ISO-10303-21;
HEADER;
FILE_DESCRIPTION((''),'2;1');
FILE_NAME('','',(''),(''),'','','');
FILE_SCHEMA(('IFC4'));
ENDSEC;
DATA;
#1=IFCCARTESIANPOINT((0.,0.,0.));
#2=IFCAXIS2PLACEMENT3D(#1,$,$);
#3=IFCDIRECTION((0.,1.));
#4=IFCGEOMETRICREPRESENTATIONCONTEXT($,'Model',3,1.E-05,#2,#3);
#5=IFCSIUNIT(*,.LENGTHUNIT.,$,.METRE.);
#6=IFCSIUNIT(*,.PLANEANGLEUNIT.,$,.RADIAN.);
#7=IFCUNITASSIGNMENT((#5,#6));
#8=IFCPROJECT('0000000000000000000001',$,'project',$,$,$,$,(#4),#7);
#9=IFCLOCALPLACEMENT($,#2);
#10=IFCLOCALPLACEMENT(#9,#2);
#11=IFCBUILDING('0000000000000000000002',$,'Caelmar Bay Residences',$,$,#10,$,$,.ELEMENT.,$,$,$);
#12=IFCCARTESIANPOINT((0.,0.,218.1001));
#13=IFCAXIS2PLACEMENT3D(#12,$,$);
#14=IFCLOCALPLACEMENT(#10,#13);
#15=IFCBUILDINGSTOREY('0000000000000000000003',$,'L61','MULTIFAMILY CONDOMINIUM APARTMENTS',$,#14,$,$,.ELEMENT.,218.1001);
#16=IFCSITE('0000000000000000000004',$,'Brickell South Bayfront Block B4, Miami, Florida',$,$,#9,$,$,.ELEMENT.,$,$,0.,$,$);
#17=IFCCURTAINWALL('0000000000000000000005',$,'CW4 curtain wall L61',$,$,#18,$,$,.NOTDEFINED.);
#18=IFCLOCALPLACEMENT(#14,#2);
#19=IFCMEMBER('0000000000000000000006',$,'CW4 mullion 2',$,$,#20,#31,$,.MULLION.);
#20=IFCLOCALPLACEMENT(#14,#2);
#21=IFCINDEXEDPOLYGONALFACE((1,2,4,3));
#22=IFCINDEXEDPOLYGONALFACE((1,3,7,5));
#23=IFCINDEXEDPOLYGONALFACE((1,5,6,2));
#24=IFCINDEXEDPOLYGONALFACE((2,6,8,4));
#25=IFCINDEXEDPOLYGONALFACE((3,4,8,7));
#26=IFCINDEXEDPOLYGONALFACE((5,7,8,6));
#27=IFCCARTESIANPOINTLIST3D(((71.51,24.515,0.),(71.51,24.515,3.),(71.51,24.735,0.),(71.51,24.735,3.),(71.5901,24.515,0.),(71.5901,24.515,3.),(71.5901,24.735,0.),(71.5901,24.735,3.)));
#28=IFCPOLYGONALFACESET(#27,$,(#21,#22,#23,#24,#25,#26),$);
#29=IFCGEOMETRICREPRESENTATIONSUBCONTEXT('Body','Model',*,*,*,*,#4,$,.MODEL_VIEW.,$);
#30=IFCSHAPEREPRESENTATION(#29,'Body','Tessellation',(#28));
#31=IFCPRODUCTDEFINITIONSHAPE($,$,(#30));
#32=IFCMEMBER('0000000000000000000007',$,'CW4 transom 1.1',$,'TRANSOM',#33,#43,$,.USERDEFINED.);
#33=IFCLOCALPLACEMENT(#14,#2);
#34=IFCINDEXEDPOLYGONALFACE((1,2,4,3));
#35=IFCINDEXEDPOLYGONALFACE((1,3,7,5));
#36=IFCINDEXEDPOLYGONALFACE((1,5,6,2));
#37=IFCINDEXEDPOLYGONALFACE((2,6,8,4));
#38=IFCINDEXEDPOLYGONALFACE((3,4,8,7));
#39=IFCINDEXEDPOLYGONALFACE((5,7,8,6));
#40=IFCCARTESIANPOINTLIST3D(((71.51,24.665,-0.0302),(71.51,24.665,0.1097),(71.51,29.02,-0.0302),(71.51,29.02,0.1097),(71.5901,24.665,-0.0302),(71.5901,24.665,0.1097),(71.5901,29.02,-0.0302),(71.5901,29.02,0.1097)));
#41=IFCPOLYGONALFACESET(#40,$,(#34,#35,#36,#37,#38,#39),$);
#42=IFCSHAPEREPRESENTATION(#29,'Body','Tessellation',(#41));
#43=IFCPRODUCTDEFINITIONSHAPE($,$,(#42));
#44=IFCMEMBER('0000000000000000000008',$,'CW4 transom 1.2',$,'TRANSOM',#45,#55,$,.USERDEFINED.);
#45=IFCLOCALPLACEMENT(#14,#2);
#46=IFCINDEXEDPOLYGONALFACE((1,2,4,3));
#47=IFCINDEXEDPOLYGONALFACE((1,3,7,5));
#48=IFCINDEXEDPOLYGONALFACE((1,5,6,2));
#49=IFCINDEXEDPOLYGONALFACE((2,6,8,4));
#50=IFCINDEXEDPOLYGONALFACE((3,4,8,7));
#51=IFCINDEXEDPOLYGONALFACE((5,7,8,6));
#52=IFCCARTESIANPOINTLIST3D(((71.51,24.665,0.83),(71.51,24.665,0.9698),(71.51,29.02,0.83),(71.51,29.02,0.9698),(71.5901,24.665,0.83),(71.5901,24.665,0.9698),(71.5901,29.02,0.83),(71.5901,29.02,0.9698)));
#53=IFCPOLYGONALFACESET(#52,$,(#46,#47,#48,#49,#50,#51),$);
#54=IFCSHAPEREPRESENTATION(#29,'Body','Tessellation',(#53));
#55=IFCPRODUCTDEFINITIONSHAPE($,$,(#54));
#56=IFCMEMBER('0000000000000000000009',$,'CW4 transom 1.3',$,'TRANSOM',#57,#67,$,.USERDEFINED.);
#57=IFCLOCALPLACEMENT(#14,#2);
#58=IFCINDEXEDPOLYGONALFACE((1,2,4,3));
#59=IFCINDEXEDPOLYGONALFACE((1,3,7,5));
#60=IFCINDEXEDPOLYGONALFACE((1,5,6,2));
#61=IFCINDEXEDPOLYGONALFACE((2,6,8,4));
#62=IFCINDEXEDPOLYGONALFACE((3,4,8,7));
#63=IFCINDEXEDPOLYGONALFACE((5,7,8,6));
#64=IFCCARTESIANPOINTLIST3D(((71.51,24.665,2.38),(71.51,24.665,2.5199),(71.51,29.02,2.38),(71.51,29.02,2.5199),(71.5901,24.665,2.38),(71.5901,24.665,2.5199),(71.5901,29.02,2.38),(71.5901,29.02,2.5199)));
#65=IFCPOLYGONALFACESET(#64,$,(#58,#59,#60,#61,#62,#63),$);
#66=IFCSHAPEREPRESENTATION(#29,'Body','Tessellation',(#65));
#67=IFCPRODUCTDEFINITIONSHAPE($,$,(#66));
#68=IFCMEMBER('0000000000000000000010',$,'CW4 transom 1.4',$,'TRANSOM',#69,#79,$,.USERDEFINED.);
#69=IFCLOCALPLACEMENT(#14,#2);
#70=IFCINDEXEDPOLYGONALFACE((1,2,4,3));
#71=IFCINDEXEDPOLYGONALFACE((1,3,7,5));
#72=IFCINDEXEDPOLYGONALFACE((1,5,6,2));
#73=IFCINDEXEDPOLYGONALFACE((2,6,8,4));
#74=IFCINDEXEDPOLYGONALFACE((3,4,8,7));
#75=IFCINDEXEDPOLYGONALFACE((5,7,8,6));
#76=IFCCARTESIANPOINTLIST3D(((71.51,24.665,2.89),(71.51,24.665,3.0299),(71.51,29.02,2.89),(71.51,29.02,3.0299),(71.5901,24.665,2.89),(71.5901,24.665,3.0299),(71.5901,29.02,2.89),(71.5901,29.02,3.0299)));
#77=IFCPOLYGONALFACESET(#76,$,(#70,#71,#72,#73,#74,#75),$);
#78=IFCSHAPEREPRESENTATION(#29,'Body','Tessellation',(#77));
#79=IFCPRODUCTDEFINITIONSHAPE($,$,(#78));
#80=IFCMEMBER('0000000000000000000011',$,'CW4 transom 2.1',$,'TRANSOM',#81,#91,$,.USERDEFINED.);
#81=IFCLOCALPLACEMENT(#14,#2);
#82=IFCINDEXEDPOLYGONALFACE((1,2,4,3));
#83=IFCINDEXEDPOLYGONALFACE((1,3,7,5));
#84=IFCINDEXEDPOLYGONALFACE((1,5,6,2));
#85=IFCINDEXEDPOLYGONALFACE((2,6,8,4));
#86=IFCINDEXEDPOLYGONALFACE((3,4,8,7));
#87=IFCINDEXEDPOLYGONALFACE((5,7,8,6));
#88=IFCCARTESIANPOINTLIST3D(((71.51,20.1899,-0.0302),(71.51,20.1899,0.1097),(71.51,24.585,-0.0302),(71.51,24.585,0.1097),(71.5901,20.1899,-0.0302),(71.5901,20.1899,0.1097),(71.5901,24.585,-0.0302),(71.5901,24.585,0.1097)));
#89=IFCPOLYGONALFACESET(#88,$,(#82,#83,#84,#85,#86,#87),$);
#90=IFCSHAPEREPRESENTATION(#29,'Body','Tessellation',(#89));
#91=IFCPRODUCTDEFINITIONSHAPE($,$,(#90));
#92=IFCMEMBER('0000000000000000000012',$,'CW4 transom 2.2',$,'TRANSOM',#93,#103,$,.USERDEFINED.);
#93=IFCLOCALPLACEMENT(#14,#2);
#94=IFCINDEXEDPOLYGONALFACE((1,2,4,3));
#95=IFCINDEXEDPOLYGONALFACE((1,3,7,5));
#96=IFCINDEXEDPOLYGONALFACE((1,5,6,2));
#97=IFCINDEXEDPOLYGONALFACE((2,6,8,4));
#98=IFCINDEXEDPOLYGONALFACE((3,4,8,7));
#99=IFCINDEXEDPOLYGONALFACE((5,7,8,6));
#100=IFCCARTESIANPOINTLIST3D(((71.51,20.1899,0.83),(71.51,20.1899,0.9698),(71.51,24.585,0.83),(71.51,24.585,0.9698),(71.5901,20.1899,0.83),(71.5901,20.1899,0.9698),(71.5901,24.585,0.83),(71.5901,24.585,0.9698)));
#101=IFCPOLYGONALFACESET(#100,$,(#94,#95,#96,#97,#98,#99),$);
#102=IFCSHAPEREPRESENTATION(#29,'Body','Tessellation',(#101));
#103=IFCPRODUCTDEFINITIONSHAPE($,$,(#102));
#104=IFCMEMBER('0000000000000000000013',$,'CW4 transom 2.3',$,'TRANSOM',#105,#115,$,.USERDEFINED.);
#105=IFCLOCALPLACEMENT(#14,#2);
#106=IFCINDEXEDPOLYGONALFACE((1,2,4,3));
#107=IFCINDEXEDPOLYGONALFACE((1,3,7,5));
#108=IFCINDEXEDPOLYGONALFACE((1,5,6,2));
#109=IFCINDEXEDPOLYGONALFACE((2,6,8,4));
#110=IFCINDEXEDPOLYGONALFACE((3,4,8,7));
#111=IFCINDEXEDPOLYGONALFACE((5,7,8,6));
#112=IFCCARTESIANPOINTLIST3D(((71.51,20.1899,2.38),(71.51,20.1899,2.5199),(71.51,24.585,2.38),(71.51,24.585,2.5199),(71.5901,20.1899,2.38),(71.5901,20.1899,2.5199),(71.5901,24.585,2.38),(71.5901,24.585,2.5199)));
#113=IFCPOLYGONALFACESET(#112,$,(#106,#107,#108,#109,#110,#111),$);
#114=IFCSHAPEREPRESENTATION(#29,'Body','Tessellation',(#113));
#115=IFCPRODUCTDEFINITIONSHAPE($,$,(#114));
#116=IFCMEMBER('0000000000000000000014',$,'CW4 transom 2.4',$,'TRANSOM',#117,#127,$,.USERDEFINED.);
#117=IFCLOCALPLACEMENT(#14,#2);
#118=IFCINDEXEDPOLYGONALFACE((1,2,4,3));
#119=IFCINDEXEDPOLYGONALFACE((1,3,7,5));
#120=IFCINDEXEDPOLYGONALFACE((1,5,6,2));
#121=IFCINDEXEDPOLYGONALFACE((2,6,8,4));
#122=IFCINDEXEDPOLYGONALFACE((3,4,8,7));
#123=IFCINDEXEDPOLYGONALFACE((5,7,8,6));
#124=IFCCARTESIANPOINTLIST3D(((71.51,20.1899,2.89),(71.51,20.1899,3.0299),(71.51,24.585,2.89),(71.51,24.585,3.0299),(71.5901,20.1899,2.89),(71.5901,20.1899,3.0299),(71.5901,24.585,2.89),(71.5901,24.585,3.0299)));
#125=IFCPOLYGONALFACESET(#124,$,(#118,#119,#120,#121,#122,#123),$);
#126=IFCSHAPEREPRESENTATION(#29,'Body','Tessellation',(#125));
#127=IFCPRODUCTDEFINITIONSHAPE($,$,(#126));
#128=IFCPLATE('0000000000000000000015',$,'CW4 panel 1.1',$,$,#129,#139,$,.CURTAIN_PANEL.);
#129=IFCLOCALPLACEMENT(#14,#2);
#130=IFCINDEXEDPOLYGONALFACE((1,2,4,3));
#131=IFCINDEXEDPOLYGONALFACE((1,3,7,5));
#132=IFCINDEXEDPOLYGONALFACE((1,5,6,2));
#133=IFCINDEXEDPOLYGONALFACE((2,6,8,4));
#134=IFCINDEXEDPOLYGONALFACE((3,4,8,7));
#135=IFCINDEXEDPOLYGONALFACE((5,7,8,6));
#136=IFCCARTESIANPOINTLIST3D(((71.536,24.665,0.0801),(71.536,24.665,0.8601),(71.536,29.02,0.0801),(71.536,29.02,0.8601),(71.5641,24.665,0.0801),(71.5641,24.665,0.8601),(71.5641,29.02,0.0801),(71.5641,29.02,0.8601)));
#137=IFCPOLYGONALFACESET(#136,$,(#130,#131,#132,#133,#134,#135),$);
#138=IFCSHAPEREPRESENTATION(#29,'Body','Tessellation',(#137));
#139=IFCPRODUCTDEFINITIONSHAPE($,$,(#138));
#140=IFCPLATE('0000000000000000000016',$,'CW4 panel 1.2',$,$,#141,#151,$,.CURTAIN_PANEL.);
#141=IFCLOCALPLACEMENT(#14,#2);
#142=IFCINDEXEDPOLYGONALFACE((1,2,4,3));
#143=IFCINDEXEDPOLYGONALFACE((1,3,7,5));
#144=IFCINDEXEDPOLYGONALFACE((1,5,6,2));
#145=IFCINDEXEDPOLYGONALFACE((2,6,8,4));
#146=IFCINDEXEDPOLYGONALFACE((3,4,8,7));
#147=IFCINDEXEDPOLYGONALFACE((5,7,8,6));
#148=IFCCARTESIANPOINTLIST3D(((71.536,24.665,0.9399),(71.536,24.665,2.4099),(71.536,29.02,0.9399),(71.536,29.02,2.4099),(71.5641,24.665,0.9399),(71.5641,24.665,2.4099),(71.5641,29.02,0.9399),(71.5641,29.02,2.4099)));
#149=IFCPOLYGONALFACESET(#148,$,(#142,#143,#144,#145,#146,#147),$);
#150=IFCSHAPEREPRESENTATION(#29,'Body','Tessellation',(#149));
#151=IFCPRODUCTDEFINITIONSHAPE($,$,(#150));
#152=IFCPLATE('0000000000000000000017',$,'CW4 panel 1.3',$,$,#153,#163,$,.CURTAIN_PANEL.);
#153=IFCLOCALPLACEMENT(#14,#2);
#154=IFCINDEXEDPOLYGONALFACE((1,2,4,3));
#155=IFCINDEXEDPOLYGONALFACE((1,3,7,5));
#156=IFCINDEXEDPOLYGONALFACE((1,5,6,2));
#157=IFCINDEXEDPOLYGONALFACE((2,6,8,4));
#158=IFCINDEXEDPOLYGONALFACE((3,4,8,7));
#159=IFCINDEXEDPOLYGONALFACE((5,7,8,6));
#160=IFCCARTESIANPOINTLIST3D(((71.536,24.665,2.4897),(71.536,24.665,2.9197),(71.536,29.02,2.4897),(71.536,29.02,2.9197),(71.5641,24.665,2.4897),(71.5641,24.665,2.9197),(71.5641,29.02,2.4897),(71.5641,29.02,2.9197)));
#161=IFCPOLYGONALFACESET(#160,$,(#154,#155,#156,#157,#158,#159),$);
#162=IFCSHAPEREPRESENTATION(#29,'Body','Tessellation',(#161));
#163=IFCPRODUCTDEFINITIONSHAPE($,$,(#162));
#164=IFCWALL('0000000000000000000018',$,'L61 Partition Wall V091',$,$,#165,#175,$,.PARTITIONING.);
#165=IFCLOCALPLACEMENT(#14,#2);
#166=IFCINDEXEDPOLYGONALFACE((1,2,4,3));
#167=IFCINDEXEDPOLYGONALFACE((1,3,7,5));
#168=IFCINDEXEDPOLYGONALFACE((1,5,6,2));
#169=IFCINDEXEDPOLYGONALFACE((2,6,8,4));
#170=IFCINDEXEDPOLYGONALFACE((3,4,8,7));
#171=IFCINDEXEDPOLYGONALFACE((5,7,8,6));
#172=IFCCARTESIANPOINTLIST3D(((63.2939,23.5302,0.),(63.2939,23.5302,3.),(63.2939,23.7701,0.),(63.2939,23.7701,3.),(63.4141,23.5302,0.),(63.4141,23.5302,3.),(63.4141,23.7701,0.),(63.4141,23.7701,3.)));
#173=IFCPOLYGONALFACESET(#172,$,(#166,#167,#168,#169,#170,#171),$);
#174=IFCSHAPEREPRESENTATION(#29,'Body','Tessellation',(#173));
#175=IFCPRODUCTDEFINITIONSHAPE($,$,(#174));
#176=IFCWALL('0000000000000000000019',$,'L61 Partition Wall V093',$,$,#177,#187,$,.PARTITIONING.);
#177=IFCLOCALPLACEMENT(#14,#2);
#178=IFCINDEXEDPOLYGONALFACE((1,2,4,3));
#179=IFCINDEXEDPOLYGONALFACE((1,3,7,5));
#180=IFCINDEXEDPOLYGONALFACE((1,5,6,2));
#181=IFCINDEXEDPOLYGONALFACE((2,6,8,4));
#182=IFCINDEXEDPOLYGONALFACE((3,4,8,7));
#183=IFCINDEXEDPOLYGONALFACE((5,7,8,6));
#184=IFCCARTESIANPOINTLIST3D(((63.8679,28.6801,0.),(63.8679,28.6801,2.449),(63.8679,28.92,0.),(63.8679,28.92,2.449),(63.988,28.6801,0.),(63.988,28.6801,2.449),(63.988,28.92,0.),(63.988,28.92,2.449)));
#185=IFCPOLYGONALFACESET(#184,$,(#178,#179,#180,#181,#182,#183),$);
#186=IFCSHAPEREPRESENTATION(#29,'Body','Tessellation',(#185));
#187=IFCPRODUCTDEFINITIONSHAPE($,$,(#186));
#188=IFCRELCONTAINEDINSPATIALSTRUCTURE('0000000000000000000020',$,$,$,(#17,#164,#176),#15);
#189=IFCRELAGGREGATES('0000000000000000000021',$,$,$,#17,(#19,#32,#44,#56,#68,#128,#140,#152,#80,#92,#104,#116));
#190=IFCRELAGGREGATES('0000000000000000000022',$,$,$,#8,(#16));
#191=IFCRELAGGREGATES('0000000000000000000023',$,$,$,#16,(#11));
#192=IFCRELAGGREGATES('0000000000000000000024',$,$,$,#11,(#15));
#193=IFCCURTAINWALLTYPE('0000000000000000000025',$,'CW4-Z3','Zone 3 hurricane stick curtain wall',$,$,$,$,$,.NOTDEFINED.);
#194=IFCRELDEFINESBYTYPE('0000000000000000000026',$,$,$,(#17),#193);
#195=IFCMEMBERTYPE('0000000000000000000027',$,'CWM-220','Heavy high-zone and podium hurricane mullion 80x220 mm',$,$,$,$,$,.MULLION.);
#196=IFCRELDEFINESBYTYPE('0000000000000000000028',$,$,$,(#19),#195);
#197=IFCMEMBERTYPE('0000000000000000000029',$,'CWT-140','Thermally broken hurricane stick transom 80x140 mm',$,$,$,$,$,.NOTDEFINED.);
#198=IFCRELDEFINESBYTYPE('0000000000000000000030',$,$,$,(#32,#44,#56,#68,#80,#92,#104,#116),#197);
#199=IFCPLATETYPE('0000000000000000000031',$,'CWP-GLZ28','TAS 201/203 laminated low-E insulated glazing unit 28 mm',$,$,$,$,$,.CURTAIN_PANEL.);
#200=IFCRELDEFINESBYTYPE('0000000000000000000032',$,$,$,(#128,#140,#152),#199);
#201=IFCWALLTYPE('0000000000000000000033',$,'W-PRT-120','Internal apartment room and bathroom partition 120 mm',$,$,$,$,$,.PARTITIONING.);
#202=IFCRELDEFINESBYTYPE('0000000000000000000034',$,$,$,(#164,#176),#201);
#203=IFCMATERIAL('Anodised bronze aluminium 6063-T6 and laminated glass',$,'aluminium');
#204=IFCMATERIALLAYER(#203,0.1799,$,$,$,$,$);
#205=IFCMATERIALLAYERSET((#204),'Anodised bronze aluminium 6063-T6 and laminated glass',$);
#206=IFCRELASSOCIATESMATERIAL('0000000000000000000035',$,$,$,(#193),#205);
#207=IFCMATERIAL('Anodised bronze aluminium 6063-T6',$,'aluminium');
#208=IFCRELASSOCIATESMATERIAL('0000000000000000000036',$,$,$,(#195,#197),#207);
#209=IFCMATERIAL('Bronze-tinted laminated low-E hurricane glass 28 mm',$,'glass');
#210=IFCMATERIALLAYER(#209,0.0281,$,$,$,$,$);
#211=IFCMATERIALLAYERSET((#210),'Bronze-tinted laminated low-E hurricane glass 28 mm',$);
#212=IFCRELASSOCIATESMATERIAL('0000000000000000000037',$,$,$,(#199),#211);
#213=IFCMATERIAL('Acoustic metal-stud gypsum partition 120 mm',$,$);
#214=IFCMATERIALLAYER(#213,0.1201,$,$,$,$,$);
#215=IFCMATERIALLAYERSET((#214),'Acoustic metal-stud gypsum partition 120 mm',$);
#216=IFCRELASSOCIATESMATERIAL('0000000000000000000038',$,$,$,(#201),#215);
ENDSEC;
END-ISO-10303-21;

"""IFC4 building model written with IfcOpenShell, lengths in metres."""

from ifc_helpers import new_model, si_unit, direction, frame, frame_2d, origin, origin_2d, place, context, subcontext, project, spatial, rectangle, extrude, material, layer, layer_set, material_profile, profile_set, type_object, element, aggregate, save


model = new_model("IFC4")

# Units and contexts
model_context = context("Model", 3, precision=1e-05, world=origin(), true_north=direction((0.0, 1.0)))
body_context = subcontext(model_context, "Body", "Model", "MODEL_VIEW")
ifc_project = project(units=[si_unit("LENGTHUNIT", "METRE"), si_unit("PLANEANGLEUNIT", "RADIAN")], contexts=[model_context])

# Site, building, storey
site_placement = place(None, origin())
site = spatial("IfcSite", under=ifc_project, at=site_placement, Name="Brickell South Bayfront Block B4, Miami, Florida", CompositionType="ELEMENT", RefElevation=0.0)
building_placement = place(site_placement, origin())
building = spatial("IfcBuilding", under=site, at=building_placement, Name="Caelmar Bay Residences", CompositionType="ELEMENT")
storey_placement = place(building_placement, frame((0.0, 0.0, 218.1001)))
storey = spatial("IfcBuildingStorey", under=building, at=storey_placement, Name="L61", Description="MULTIFAMILY CONDOMINIUM APARTMENTS", CompositionType="ELEMENT", Elevation=218.1001)

# Curtain wall, members, plates
ifc_material_1 = material(Name="Anodised bronze aluminium 6063-T6 and laminated glass", Category="aluminium")
ifc_layer_1 = layer(ifc_material_1, 0.1799)
ifc_layer_set_1 = layer_set([ifc_layer_1], Name="Anodised bronze aluminium 6063-T6 and laminated glass")
curtain_wall_type = type_object("IfcCurtainWallType", Name="CW4-Z3", Description="Zone 3 hurricane stick curtain wall", PredefinedType="NOTDEFINED", material=ifc_layer_set_1)
curtain_wall_placement = place(storey_placement, origin())
curtain_wall = element("IfcCurtainWall", 1, at=curtain_wall_placement, inside=storey, type_object=curtain_wall_type, Name="CW4 curtain wall L61", PredefinedType="NOTDEFINED")
ifc_material_2 = material(Name="Anodised bronze aluminium 6063-T6", Category="aluminium")
ifc_material_profile_1 = material_profile(ifc_material_2, rectangle(XDim=0.0801, YDim=0.22, at=origin_2d()), Name="CWM-80X220")
ifc_profile_set_1 = profile_set([ifc_material_profile_1], Name="Anodised bronze aluminium 6063-T6")
member_type_1 = type_object("IfcMemberType", Name="CWM-220", Description="Heavy high-zone and podium hurricane mullion 80x220 mm", PredefinedType="MULLION", material=ifc_profile_set_1)
member_1_placement = place(storey_placement, frame((71.55, 24.625, 0.0), z_axis=(0.0, 0.0, 1.0), x_axis=(1.0, 0.0, 0.0)))
member_1 = element("IfcMember", 2, at=member_1_placement, type_object=member_type_1, Name="CW4 mullion 2", PredefinedType="MULLION", context=body_context, shape_type="SweptSolid", body=[
    extrude(rectangle(XDim=0.0801, YDim=0.22, at=origin_2d()), origin(), (0.0, 0.0, 1.0), 3.0),
])
ifc_material_profile_2 = material_profile(ifc_material_2, rectangle(XDim=0.0801, YDim=0.1399, at=origin_2d()), Name="CWT-80X140")
ifc_profile_set_2 = profile_set([ifc_material_profile_2], Name="Anodised bronze aluminium 6063-T6")
member_type_2 = type_object("IfcMemberType", Name="CWT-140", Description="Thermally broken hurricane stick transom 80x140 mm", PredefinedType="NOTDEFINED", material=ifc_profile_set_2)
member_2_placement = place(storey_placement, frame((71.55, 29.02, 0.0398), z_axis=(0.0, -1.0, 0.0), x_axis=(1.0, 0.0, 0.0)))
member_2 = element("IfcMember", 3, at=member_2_placement, type_object=member_type_2, Name="CW4 transom 1.1", ObjectType="TRANSOM", PredefinedType="USERDEFINED", context=body_context, shape_type="SweptSolid", body=[
    extrude(rectangle(XDim=0.0801, YDim=0.1399, at=origin_2d()), origin(), (0.0, 0.0, 1.0), 4.355),
])
member_3_placement = place(storey_placement, frame((71.55, 29.02, 0.8999), z_axis=(0.0, -1.0, 0.0), x_axis=(1.0, 0.0, 0.0)))
member_3 = element("IfcMember", 4, at=member_3_placement, type_object=member_type_2, Name="CW4 transom 1.2", ObjectType="TRANSOM", PredefinedType="USERDEFINED", context=body_context, shape_type="SweptSolid", body=[
    extrude(rectangle(XDim=0.0801, YDim=0.1399, at=origin_2d()), origin(), (0.0, 0.0, 1.0), 4.355),
])
member_4_placement = place(storey_placement, frame((71.55, 29.02, 2.45), z_axis=(0.0, -1.0, 0.0), x_axis=(1.0, 0.0, 0.0)))
member_4 = element("IfcMember", 5, at=member_4_placement, type_object=member_type_2, Name="CW4 transom 1.3", ObjectType="TRANSOM", PredefinedType="USERDEFINED", context=body_context, shape_type="SweptSolid", body=[
    extrude(rectangle(XDim=0.0801, YDim=0.1399, at=origin_2d()), origin(), (0.0, 0.0, 1.0), 4.355),
])
member_5_placement = place(storey_placement, frame((71.55, 29.02, 2.96), z_axis=(0.0, -1.0, 0.0), x_axis=(1.0, 0.0, 0.0)))
member_5 = element("IfcMember", 6, at=member_5_placement, type_object=member_type_2, Name="CW4 transom 1.4", ObjectType="TRANSOM", PredefinedType="USERDEFINED", context=body_context, shape_type="SweptSolid", body=[
    extrude(rectangle(XDim=0.0801, YDim=0.1399, at=origin_2d()), origin(), (0.0, 0.0, 1.0), 4.355),
])
member_6_placement = place(storey_placement, frame((71.55, 24.585, 0.0398), z_axis=(0.0, -1.0, 0.0), x_axis=(1.0, 0.0, 0.0)))
member_6 = element("IfcMember", 7, at=member_6_placement, type_object=member_type_2, Name="CW4 transom 2.1", ObjectType="TRANSOM", PredefinedType="USERDEFINED", context=body_context, shape_type="SweptSolid", body=[
    extrude(rectangle(XDim=0.0801, YDim=0.1399, at=origin_2d()), origin(), (0.0, 0.0, 1.0), 4.395),
])
member_7_placement = place(storey_placement, frame((71.55, 24.585, 0.8999), z_axis=(0.0, -1.0, 0.0), x_axis=(1.0, 0.0, 0.0)))
member_7 = element("IfcMember", 8, at=member_7_placement, type_object=member_type_2, Name="CW4 transom 2.2", ObjectType="TRANSOM", PredefinedType="USERDEFINED", context=body_context, shape_type="SweptSolid", body=[
    extrude(rectangle(XDim=0.0801, YDim=0.1399, at=origin_2d()), origin(), (0.0, 0.0, 1.0), 4.395),
])
member_8_placement = place(storey_placement, frame((71.55, 24.585, 2.45), z_axis=(0.0, -1.0, 0.0), x_axis=(1.0, 0.0, 0.0)))
member_8 = element("IfcMember", 9, at=member_8_placement, type_object=member_type_2, Name="CW4 transom 2.3", ObjectType="TRANSOM", PredefinedType="USERDEFINED", context=body_context, shape_type="SweptSolid", body=[
    extrude(rectangle(XDim=0.0801, YDim=0.1399, at=origin_2d()), origin(), (0.0, 0.0, 1.0), 4.395),
])
member_9_placement = place(storey_placement, frame((71.55, 24.585, 2.96), z_axis=(0.0, -1.0, 0.0), x_axis=(1.0, 0.0, 0.0)))
member_9 = element("IfcMember", 10, at=member_9_placement, type_object=member_type_2, Name="CW4 transom 2.4", ObjectType="TRANSOM", PredefinedType="USERDEFINED", context=body_context, shape_type="SweptSolid", body=[
    extrude(rectangle(XDim=0.0801, YDim=0.1399, at=origin_2d()), origin(), (0.0, 0.0, 1.0), 4.395),
])
ifc_material_3 = material(Name="Bronze-tinted laminated low-E hurricane glass 28 mm", Category="glass")
ifc_layer_2 = layer(ifc_material_3, 0.0281)
ifc_layer_set_2 = layer_set([ifc_layer_2], Name="Bronze-tinted laminated low-E hurricane glass 28 mm")
plate_type = type_object("IfcPlateType", Name="CWP-GLZ28", Description="TAS 201/203 laminated low-E insulated glazing unit 28 mm", PredefinedType="CURTAIN_PANEL", material=ifc_layer_set_2)
plate_1_placement = place(storey_placement, frame((71.55, 26.8425, 0.0801), z_axis=(0.0, 0.0, 1.0), x_axis=(0.0, -1.0, 0.0)))
plate_1 = element("IfcPlate", 11, at=plate_1_placement, type_object=plate_type, Name="CW4 panel 1.1", PredefinedType="CURTAIN_PANEL", context=body_context, shape_type="SweptSolid", body=[
    extrude(rectangle(XDim=4.355, YDim=0.0281, at=origin_2d()), origin(), (0.0, 0.0, 1.0), 0.78),
])
plate_2_placement = place(storey_placement, frame((71.55, 26.8425, 0.9399), z_axis=(0.0, 0.0, 1.0), x_axis=(0.0, -1.0, 0.0)))
plate_2 = element("IfcPlate", 12, at=plate_2_placement, type_object=plate_type, Name="CW4 panel 1.2", PredefinedType="CURTAIN_PANEL", context=body_context, shape_type="SweptSolid", body=[
    extrude(rectangle(XDim=4.355, YDim=0.0281, at=origin_2d()), origin(), (0.0, 0.0, 1.0), 1.47),
])
plate_3_placement = place(storey_placement, frame((71.55, 26.8425, 2.4897), z_axis=(0.0, 0.0, 1.0), x_axis=(0.0, -1.0, 0.0)))
plate_3 = element("IfcPlate", 13, at=plate_3_placement, type_object=plate_type, Name="CW4 panel 1.3", PredefinedType="CURTAIN_PANEL", context=body_context, shape_type="SweptSolid", body=[
    extrude(rectangle(XDim=4.355, YDim=0.0281, at=origin_2d()), origin(), (0.0, 0.0, 1.0), 0.4299),
])
aggregate(curtain_wall, [member_1, member_2, member_3, member_4, member_5, plate_1, plate_2, plate_3, member_6, member_7, member_8, member_9])

# Wall
ifc_material_4 = material(Name="Acoustic metal-stud gypsum partition 120 mm")
ifc_layer_3 = layer(ifc_material_4, 0.1201)
ifc_layer_set_3 = layer_set([ifc_layer_3], Name="Acoustic metal-stud gypsum partition 120 mm")
wall_type = type_object("IfcWallType", Name="W-PRT-120", Description="Internal apartment room and bathroom partition 120 mm", PredefinedType="PARTITIONING", material=ifc_layer_set_3)
wall_1_placement = place(storey_placement, frame((63.354, 23.53, 0.0), z_axis=(0.0, 0.0, 1.0), x_axis=(0.0, 1.0, 0.0)))
element("IfcWall", 14, at=wall_1_placement, inside=storey, type_object=wall_type, Name="L61 Partition Wall V091", PredefinedType="PARTITIONING", context=body_context, shape_type="SweptSolid", body=[
    extrude(rectangle(XDim=0.24, YDim=0.1201, at=frame_2d((0.1201, 0.0))), origin(), (0.0, 0.0, 1.0), 3.0),
])

# Wall
wall_2_placement = place(storey_placement, frame((63.928, 28.6799, 0.0), z_axis=(0.0, 0.0, 1.0), x_axis=(0.0, 1.0, 0.0)))
element("IfcWall", 15, at=wall_2_placement, inside=storey, type_object=wall_type, Name="L61 Partition Wall V093", PredefinedType="PARTITIONING", context=body_context, shape_type="SweptSolid", body=[
    extrude(rectangle(XDim=0.24, YDim=0.1201, at=frame_2d((0.1201, 0.0))), origin(), (0.0, 0.0, 1.0), 2.449),
])

save(model, "model.ifc")
